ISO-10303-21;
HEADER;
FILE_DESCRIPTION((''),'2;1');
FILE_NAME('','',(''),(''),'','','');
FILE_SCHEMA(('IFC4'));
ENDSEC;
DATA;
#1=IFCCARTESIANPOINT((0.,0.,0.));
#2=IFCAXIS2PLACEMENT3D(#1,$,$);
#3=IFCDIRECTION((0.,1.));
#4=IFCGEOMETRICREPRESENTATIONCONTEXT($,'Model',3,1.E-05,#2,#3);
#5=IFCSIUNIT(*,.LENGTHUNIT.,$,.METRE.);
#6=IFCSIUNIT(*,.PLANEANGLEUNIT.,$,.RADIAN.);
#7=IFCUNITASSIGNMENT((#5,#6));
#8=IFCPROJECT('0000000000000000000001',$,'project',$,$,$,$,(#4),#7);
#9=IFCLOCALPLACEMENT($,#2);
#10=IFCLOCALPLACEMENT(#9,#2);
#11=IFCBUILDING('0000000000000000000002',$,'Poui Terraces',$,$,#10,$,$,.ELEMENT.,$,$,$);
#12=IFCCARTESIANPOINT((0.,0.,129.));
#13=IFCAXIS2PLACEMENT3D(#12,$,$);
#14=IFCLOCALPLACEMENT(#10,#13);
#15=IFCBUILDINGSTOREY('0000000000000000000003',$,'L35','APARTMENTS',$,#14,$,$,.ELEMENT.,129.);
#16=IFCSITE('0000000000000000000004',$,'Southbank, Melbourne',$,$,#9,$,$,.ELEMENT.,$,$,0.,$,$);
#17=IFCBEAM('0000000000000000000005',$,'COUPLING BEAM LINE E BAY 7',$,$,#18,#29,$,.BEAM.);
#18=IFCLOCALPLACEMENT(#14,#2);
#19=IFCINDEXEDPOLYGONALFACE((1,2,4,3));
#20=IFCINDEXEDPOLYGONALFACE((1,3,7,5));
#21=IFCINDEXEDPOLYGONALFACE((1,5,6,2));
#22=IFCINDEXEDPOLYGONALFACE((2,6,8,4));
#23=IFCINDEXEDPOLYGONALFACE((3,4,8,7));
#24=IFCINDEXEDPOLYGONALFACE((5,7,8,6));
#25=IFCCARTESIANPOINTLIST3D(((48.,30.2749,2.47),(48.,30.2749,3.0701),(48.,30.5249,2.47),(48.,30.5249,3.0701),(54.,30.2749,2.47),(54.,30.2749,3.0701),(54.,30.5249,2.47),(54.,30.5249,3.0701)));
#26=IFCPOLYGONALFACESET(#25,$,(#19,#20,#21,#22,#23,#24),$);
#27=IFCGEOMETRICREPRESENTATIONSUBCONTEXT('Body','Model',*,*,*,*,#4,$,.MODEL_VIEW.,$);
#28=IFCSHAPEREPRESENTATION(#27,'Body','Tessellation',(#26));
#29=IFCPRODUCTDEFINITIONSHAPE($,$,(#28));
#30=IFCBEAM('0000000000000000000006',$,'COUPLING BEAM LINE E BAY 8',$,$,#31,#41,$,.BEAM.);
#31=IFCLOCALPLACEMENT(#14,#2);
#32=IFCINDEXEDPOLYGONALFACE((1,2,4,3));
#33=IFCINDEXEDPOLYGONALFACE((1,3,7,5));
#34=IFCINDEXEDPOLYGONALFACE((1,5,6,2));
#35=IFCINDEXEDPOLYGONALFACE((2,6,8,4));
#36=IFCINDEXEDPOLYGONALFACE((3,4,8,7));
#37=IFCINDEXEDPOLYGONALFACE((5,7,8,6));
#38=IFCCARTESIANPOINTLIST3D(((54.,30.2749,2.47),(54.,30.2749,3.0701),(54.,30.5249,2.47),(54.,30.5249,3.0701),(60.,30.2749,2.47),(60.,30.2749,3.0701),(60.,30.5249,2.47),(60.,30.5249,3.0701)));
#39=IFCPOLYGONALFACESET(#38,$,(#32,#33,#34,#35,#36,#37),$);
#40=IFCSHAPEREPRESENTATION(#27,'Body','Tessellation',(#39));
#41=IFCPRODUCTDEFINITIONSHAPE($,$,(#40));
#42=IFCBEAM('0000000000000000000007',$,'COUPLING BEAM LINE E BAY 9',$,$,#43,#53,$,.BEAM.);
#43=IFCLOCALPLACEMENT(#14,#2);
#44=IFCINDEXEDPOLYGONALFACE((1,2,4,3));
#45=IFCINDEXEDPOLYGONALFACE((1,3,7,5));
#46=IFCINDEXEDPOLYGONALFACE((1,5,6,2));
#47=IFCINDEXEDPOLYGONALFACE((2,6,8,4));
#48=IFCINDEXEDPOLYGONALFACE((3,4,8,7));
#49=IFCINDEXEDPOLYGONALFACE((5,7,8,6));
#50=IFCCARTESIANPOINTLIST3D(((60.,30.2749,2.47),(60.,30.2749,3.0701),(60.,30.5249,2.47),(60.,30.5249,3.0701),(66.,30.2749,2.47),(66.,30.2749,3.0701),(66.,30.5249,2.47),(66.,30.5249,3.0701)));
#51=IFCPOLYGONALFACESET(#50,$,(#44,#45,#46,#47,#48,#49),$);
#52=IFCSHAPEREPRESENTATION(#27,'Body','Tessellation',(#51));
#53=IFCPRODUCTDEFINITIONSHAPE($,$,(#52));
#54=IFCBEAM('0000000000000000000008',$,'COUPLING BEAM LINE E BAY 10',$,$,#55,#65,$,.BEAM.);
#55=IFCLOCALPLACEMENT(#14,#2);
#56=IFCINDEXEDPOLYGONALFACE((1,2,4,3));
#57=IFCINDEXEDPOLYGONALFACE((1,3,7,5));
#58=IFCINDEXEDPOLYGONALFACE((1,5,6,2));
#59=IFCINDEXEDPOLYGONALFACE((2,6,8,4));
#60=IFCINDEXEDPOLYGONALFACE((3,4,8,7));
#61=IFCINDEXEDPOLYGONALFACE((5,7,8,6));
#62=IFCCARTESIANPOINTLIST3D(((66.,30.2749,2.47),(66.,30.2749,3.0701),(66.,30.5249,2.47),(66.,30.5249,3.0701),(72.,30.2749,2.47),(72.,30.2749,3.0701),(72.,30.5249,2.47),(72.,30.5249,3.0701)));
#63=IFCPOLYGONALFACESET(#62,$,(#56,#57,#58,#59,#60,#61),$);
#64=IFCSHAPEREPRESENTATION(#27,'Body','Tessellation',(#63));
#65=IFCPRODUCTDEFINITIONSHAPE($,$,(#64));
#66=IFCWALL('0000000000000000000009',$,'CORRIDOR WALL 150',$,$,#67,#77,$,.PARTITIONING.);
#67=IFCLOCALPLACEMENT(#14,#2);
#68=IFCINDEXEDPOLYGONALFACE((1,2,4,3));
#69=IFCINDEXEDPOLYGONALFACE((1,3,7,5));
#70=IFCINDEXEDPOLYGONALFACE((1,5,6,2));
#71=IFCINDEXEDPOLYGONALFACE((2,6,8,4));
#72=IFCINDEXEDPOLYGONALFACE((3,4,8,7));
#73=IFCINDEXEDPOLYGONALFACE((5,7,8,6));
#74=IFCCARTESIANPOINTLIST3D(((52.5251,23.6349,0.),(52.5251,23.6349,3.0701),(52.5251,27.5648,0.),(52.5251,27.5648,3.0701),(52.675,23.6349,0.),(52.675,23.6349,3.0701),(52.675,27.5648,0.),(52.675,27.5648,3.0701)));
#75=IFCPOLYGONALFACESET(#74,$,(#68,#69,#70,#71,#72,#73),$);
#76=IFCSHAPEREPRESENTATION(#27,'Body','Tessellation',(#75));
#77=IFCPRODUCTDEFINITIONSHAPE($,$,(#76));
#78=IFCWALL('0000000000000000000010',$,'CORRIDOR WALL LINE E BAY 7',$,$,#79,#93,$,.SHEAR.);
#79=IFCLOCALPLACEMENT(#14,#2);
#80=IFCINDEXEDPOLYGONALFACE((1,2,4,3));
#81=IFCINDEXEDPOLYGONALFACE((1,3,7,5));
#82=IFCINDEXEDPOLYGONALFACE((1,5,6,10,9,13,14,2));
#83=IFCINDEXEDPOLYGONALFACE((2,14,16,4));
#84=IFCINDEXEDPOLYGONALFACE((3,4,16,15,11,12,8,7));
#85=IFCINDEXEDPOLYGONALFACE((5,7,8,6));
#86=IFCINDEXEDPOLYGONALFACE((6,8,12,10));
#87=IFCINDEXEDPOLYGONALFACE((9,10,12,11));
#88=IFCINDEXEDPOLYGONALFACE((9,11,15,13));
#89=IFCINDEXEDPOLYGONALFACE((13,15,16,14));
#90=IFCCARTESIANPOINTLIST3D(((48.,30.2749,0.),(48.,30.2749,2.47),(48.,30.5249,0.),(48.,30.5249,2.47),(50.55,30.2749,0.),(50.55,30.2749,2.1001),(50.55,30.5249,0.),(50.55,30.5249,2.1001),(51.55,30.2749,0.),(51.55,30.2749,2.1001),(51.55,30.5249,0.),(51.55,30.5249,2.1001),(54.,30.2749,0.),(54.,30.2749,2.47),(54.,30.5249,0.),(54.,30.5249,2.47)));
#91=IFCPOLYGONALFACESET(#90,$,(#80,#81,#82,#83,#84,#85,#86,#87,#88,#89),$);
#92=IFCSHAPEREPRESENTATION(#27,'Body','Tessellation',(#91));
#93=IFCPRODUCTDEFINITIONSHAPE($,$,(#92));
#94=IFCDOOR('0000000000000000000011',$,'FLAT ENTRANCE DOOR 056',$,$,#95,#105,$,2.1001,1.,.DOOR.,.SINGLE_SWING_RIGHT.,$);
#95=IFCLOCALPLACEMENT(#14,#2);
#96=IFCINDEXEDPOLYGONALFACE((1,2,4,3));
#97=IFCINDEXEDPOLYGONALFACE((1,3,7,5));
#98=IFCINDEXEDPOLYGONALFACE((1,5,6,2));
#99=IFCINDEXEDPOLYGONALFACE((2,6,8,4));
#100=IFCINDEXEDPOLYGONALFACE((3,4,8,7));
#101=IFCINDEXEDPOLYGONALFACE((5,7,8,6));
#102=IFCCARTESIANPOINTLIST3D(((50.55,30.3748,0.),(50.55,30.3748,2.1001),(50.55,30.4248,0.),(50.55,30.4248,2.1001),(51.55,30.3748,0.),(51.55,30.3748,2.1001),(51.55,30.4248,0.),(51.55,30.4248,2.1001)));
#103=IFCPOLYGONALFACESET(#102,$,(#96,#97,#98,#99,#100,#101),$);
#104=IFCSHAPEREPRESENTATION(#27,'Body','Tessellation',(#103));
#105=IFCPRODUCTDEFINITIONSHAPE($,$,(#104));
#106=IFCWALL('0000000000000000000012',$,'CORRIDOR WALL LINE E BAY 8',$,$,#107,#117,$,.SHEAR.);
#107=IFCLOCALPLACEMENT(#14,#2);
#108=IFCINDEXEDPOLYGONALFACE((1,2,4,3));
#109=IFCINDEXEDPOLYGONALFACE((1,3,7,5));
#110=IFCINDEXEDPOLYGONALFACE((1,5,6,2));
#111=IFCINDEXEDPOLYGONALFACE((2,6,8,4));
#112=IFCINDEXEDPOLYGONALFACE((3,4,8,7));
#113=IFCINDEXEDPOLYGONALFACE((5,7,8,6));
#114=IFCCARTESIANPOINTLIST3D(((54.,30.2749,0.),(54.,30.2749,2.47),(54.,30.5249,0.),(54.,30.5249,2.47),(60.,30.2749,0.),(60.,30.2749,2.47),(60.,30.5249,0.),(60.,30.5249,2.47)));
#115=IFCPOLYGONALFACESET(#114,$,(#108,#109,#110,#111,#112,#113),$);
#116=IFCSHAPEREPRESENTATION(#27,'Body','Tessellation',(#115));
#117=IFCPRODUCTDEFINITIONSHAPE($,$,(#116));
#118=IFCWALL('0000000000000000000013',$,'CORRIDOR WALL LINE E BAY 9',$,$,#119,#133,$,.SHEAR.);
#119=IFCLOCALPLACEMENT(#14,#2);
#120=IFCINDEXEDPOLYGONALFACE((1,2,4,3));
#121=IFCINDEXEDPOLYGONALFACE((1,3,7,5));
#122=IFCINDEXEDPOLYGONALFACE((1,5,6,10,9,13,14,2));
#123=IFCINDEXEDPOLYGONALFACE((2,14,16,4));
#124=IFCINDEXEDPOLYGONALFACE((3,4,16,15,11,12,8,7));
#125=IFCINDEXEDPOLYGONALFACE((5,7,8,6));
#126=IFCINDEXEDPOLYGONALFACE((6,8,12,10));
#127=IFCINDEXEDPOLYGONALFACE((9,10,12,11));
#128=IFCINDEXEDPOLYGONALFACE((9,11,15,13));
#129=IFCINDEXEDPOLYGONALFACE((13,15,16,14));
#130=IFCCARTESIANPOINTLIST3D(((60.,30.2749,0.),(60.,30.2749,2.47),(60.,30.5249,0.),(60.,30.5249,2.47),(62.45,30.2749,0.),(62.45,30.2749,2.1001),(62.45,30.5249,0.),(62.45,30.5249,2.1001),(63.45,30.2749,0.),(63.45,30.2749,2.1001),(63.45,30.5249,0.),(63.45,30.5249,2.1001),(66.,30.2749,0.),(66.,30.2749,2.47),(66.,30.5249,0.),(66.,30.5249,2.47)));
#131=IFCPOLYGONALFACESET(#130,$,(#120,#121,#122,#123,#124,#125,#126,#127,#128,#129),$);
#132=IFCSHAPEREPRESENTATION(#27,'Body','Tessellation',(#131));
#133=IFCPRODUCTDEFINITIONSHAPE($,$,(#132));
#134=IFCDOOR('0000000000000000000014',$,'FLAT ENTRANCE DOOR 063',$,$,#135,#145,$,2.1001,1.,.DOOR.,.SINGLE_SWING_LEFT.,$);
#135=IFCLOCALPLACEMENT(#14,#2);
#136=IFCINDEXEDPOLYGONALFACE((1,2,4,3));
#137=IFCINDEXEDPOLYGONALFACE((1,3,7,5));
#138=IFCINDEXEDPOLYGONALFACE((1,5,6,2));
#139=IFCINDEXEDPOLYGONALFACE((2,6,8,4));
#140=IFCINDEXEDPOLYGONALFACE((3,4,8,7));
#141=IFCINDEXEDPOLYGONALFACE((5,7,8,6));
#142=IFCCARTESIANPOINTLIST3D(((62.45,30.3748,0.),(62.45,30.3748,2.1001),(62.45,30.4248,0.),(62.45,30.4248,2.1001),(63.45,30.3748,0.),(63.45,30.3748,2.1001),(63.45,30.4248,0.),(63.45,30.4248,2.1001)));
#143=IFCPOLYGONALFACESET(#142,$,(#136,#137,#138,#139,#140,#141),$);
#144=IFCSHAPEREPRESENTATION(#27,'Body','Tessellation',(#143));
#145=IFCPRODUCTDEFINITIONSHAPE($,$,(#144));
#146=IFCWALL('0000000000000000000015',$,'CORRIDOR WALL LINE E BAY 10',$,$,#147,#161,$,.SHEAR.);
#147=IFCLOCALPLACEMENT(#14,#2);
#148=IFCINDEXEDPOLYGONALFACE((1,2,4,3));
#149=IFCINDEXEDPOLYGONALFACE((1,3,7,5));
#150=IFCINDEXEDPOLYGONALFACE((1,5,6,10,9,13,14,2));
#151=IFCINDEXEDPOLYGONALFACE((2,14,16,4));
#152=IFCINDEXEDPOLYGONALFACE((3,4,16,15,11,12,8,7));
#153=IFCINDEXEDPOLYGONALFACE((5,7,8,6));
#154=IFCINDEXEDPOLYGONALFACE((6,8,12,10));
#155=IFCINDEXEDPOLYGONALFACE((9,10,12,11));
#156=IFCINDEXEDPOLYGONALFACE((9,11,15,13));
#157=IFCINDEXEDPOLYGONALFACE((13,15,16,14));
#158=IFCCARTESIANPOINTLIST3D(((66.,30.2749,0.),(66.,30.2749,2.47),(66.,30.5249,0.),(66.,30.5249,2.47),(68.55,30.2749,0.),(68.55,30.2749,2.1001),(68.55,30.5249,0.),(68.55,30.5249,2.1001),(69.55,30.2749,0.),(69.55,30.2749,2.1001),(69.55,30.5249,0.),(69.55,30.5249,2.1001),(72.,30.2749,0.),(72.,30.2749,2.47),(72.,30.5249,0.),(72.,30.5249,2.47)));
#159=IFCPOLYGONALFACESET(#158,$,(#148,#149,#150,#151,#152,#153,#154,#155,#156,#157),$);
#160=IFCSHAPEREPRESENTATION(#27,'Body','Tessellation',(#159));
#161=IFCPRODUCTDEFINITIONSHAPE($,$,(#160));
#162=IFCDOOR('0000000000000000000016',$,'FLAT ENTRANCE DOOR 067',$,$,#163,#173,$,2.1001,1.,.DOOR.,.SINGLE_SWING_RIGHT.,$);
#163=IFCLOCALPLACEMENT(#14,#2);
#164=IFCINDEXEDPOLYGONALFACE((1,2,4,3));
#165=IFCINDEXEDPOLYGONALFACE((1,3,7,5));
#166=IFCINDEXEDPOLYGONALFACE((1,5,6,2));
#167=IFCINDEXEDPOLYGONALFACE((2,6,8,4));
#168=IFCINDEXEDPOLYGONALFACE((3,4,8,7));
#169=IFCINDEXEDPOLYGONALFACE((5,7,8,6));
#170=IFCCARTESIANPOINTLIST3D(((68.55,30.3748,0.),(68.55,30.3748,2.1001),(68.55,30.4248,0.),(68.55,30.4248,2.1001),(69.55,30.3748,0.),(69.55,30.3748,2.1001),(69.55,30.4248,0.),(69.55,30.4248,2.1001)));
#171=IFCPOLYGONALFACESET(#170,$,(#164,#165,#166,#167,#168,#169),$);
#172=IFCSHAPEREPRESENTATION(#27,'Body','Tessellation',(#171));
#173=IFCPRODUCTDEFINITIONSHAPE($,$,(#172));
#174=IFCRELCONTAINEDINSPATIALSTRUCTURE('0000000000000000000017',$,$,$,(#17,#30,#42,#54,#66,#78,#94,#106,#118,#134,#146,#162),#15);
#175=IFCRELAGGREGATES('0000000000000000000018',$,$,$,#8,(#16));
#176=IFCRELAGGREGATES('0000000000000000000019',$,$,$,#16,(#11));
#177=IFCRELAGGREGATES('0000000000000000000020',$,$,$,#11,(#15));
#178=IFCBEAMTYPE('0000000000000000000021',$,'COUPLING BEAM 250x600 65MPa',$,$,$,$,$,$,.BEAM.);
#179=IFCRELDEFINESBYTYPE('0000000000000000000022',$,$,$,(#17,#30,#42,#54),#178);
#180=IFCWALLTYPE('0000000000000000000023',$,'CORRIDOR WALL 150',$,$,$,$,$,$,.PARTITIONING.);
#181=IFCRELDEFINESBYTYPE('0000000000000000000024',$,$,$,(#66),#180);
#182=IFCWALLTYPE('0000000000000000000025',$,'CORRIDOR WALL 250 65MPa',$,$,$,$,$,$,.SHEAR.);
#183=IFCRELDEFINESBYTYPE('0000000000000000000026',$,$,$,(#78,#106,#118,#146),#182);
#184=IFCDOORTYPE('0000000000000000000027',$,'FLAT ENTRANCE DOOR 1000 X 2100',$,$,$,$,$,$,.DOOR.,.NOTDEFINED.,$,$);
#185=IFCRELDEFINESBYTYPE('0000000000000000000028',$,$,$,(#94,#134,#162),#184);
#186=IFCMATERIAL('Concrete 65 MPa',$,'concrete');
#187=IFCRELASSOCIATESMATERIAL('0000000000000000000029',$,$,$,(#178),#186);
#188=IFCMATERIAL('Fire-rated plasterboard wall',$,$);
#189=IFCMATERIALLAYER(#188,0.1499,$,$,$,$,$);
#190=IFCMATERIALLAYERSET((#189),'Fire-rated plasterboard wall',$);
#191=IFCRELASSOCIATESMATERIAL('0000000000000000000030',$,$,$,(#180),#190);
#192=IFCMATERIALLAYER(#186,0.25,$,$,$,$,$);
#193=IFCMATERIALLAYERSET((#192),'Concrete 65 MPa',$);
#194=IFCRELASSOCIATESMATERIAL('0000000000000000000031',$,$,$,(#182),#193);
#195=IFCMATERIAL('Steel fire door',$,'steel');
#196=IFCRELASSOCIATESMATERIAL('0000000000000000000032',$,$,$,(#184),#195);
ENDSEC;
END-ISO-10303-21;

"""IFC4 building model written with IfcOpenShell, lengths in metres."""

from ifc_helpers import new_model, si_unit, direction, frame, frame_2d, origin, origin_2d, place, context, subcontext, project, spatial, rectangle, extrude, source, transform, mapped, material, layer, layer_set, material_profile, profile_set, type_object, element, fill, save


model = new_model("IFC4")

# Units and contexts
model_context = context("Model", 3, precision=1e-05, world=origin(), true_north=direction((0.0, 1.0)))
body_context = subcontext(model_context, "Body", "Model", "MODEL_VIEW")
ifc_project = project(units=[si_unit("LENGTHUNIT", "METRE"), si_unit("PLANEANGLEUNIT", "RADIAN")], contexts=[model_context])

# Site, building, storey
site_placement = place(None, origin())
site = spatial("IfcSite", under=ifc_project, at=site_placement, Name="Southbank, Melbourne", CompositionType="ELEMENT", RefElevation=0.0)
building_placement = place(site_placement, origin())
building = spatial("IfcBuilding", under=site, at=building_placement, Name="Poui Terraces", CompositionType="ELEMENT")
storey_placement = place(building_placement, frame((0.0, 0.0, 129.0)))
storey = spatial("IfcBuildingStorey", under=building, at=storey_placement, Name="L35", Description="APARTMENTS", CompositionType="ELEMENT", Elevation=129.0)

# Beams
ifc_material_1 = material(Name="Concrete 65 MPa", Category="concrete")
ifc_material_profile = material_profile(ifc_material_1, rectangle(XDim=0.25, YDim=0.6001, at=origin_2d()), Name="RC 250x600")
ifc_profile_set = profile_set([ifc_material_profile], Name="Concrete 65 MPa")
beam_type = type_object("IfcBeamType", Name="COUPLING BEAM 250x600 65MPa", PredefinedType="BEAM", material=ifc_profile_set)
shared_shape = source(origin(), body_context, "Body", "SweptSolid", [
    extrude(rectangle(XDim=0.25, YDim=0.6001, at=origin_2d()), origin(), (0.0, 0.0, 1.0), 6.0),
])
for number, where, z_axis, x_axis, name in (
    (1, (48.0, 30.3999, 2.77), (1.0, 0.0, 0.0), (0.0, 1.0, 0.0), "COUPLING BEAM LINE E BAY 7"),
    (2, (54.0, 30.3999, 2.77), (1.0, 0.0, 0.0), (0.0, 1.0, 0.0), "COUPLING BEAM LINE E BAY 8"),
    (3, (60.0, 30.3999, 2.77), (1.0, 0.0, 0.0), (0.0, 1.0, 0.0), "COUPLING BEAM LINE E BAY 9"),
    (4, (66.0, 30.3999, 2.77), (1.0, 0.0, 0.0), (0.0, 1.0, 0.0), "COUPLING BEAM LINE E BAY 10"),
):
    element("IfcBeam", number, at=place(storey_placement, frame(where, z_axis=z_axis, x_axis=x_axis)), inside=storey, type_object=beam_type, Name=name, PredefinedType="BEAM", context=body_context, shape_type="MappedRepresentation", body=[
        mapped(shared_shape, transform((0.0, 0.0, 0.0))),
    ])

# Wall
ifc_material_2 = material(Name="Fire-rated plasterboard wall")
ifc_layer_1 = layer(ifc_material_2, 0.1499)
ifc_layer_set_1 = layer_set([ifc_layer_1], Name="Fire-rated plasterboard wall")
wall_type_1 = type_object("IfcWallType", Name="CORRIDOR WALL 150", PredefinedType="PARTITIONING", material=ifc_layer_set_1)
wall_1_placement = place(storey_placement, frame((52.6001, 23.635, 0.0), z_axis=(0.0, 0.0, 1.0), x_axis=(0.0, 1.0, 0.0)))
element("IfcWall", 5, at=wall_1_placement, inside=storey, type_object=wall_type_1, Name="CORRIDOR WALL 150", PredefinedType="PARTITIONING", context=body_context, shape_type="SweptSolid", body=[
    extrude(rectangle(XDim=3.9299, YDim=0.1499, at=frame_2d((1.9648, 0.0))), origin(), (0.0, 0.0, 1.0), 3.0701),
])

# Wall, opening, door
ifc_layer_2 = layer(ifc_material_1, 0.25)
ifc_layer_set_2 = layer_set([ifc_layer_2], Name="Concrete 65 MPa")
wall_type_2 = type_object("IfcWallType", Name="CORRIDOR WALL 250 65MPa", PredefinedType="SHEAR", material=ifc_layer_set_2)
wall_2_placement = place(storey_placement, frame((48.0, 30.3999, 0.0), z_axis=(0.0, 0.0, 1.0), x_axis=(1.0, 0.0, 0.0)))
wall_2 = element("IfcWall", 6, at=wall_2_placement, inside=storey, type_object=wall_type_2, Name="CORRIDOR WALL LINE E BAY 7", PredefinedType="SHEAR", context=body_context, shape_type="SweptSolid", body=[
    extrude(rectangle(XDim=6.0, YDim=0.25, at=frame_2d((3.0, 0.0))), origin(), (0.0, 0.0, 1.0), 2.47),
])
opening_1_placement = place(wall_2_placement, frame((2.55, 0.0, 0.0)))
opening_1 = element("IfcOpeningElement", 7, at=opening_1_placement, cuts=wall_2, PredefinedType="OPENING", context=body_context, shape_type="SweptSolid", body=[
    extrude(rectangle(XDim=1.0, YDim=2.1001, at=frame_2d((0.5, 1.05))), frame((0.0, 0.135, 0.0), z_axis=(0.0, -1.0, 0.0), x_axis=(1.0, 0.0, 0.0)), (0.0, 0.0, 1.0), 0.27),
])
ifc_material_3 = material(Name="Steel fire door", Category="steel")
door_type_1 = type_object("IfcDoorType", Name="FLAT ENTRANCE DOOR 1000 X 2100", OperationType="NOTDEFINED", PredefinedType="DOOR", material=ifc_material_3)
door_1_placement = place(opening_1_placement, origin())
door_1 = element("IfcDoor", 8, at=door_1_placement, inside=storey, type_object=door_type_1, Name="FLAT ENTRANCE DOOR 056", OperationType="SINGLE_SWING_RIGHT", OverallHeight=2.1001, OverallWidth=1.0, PredefinedType="DOOR", context=body_context, shape_type="SweptSolid", body=[
    extrude(rectangle(XDim=1.0, YDim=2.1001, at=frame_2d((0.5, 1.05))), frame((0.0, 0.0249, 0.0), z_axis=(0.0, -1.0, 0.0), x_axis=(1.0, 0.0, 0.0)), (0.0, 0.0, 1.0), 0.05),
])
fill(opening_1, door_1)

# Wall
wall_3_placement = place(storey_placement, frame((54.0, 30.3999, 0.0), z_axis=(0.0, 0.0, 1.0), x_axis=(1.0, 0.0, 0.0)))
element("IfcWall", 9, at=wall_3_placement, inside=storey, type_object=wall_type_2, Name="CORRIDOR WALL LINE E BAY 8", PredefinedType="SHEAR", context=body_context, shape_type="SweptSolid", body=[
    extrude(rectangle(XDim=6.0, YDim=0.25, at=frame_2d((3.0, 0.0))), origin(), (0.0, 0.0, 1.0), 2.47),
])

# Walls, openings, doors
wall_4_placement = place(storey_placement, frame((60.0, 30.3999, 0.0), z_axis=(0.0, 0.0, 1.0), x_axis=(1.0, 0.0, 0.0)))
wall_4 = element("IfcWall", 10, at=wall_4_placement, inside=storey, type_object=wall_type_2, Name="CORRIDOR WALL LINE E BAY 9", PredefinedType="SHEAR", context=body_context, shape_type="SweptSolid", body=[
    extrude(rectangle(XDim=6.0, YDim=0.25, at=frame_2d((3.0, 0.0))), origin(), (0.0, 0.0, 1.0), 2.47),
])
opening_2_placement = place(wall_4_placement, frame((2.45, 0.0, 0.0)))
opening_2 = element("IfcOpeningElement", 11, at=opening_2_placement, cuts=wall_4, PredefinedType="OPENING", context=body_context, shape_type="SweptSolid", body=[
    extrude(rectangle(XDim=1.0, YDim=2.1001, at=frame_2d((0.5, 1.05))), frame((0.0, 0.135, 0.0), z_axis=(0.0, -1.0, 0.0), x_axis=(1.0, 0.0, 0.0)), (0.0, 0.0, 1.0), 0.27),
])
door_2_placement = place(opening_2_placement, origin())
door_2 = element("IfcDoor", 12, at=door_2_placement, inside=storey, type_object=door_type_1, Name="FLAT ENTRANCE DOOR 063", OperationType="SINGLE_SWING_LEFT", OverallHeight=2.1001, OverallWidth=1.0, PredefinedType="DOOR", context=body_context, shape_type="SweptSolid", body=[
    extrude(rectangle(XDim=1.0, YDim=2.1001, at=frame_2d((0.5, 1.05))), frame((0.0, 0.0249, 0.0), z_axis=(0.0, -1.0, 0.0), x_axis=(1.0, 0.0, 0.0)), (0.0, 0.0, 1.0), 0.05),
])
fill(opening_2, door_2)
wall_5_placement = place(storey_placement, frame((66.0, 30.3999, 0.0), z_axis=(0.0, 0.0, 1.0), x_axis=(1.0, 0.0, 0.0)))
wall_5 = element("IfcWall", 13, at=wall_5_placement, inside=storey, type_object=wall_type_2, Name="CORRIDOR WALL LINE E BAY 10", PredefinedType="SHEAR", context=body_context, shape_type="SweptSolid", body=[
    extrude(rectangle(XDim=6.0, YDim=0.25, at=frame_2d((3.0, 0.0))), origin(), (0.0, 0.0, 1.0), 2.47),
])
opening_3_placement = place(wall_5_placement, frame((2.55, 0.0, 0.0)))
opening_3 = element("IfcOpeningElement", 14, at=opening_3_placement, cuts=wall_5, PredefinedType="OPENING", context=body_context, shape_type="SweptSolid", body=[
    extrude(rectangle(XDim=1.0, YDim=2.1001, at=frame_2d((0.5, 1.05))), frame((0.0, 0.135, 0.0), z_axis=(0.0, -1.0, 0.0), x_axis=(1.0, 0.0, 0.0)), (0.0, 0.0, 1.0), 0.27),
])
door_3_placement = place(opening_3_placement, origin())
door_3 = element("IfcDoor", 15, at=door_3_placement, inside=storey, type_object=door_type_1, Name="FLAT ENTRANCE DOOR 067", OperationType="SINGLE_SWING_RIGHT", OverallHeight=2.1001, OverallWidth=1.0, PredefinedType="DOOR", context=body_context, shape_type="SweptSolid", body=[
    extrude(rectangle(XDim=1.0, YDim=2.1001, at=frame_2d((0.5, 1.05))), frame((0.0, 0.0249, 0.0), z_axis=(0.0, -1.0, 0.0), x_axis=(1.0, 0.0, 0.0)), (0.0, 0.0, 1.0), 0.05),
])
fill(opening_3, door_3)

save(model, "model.ifc")
